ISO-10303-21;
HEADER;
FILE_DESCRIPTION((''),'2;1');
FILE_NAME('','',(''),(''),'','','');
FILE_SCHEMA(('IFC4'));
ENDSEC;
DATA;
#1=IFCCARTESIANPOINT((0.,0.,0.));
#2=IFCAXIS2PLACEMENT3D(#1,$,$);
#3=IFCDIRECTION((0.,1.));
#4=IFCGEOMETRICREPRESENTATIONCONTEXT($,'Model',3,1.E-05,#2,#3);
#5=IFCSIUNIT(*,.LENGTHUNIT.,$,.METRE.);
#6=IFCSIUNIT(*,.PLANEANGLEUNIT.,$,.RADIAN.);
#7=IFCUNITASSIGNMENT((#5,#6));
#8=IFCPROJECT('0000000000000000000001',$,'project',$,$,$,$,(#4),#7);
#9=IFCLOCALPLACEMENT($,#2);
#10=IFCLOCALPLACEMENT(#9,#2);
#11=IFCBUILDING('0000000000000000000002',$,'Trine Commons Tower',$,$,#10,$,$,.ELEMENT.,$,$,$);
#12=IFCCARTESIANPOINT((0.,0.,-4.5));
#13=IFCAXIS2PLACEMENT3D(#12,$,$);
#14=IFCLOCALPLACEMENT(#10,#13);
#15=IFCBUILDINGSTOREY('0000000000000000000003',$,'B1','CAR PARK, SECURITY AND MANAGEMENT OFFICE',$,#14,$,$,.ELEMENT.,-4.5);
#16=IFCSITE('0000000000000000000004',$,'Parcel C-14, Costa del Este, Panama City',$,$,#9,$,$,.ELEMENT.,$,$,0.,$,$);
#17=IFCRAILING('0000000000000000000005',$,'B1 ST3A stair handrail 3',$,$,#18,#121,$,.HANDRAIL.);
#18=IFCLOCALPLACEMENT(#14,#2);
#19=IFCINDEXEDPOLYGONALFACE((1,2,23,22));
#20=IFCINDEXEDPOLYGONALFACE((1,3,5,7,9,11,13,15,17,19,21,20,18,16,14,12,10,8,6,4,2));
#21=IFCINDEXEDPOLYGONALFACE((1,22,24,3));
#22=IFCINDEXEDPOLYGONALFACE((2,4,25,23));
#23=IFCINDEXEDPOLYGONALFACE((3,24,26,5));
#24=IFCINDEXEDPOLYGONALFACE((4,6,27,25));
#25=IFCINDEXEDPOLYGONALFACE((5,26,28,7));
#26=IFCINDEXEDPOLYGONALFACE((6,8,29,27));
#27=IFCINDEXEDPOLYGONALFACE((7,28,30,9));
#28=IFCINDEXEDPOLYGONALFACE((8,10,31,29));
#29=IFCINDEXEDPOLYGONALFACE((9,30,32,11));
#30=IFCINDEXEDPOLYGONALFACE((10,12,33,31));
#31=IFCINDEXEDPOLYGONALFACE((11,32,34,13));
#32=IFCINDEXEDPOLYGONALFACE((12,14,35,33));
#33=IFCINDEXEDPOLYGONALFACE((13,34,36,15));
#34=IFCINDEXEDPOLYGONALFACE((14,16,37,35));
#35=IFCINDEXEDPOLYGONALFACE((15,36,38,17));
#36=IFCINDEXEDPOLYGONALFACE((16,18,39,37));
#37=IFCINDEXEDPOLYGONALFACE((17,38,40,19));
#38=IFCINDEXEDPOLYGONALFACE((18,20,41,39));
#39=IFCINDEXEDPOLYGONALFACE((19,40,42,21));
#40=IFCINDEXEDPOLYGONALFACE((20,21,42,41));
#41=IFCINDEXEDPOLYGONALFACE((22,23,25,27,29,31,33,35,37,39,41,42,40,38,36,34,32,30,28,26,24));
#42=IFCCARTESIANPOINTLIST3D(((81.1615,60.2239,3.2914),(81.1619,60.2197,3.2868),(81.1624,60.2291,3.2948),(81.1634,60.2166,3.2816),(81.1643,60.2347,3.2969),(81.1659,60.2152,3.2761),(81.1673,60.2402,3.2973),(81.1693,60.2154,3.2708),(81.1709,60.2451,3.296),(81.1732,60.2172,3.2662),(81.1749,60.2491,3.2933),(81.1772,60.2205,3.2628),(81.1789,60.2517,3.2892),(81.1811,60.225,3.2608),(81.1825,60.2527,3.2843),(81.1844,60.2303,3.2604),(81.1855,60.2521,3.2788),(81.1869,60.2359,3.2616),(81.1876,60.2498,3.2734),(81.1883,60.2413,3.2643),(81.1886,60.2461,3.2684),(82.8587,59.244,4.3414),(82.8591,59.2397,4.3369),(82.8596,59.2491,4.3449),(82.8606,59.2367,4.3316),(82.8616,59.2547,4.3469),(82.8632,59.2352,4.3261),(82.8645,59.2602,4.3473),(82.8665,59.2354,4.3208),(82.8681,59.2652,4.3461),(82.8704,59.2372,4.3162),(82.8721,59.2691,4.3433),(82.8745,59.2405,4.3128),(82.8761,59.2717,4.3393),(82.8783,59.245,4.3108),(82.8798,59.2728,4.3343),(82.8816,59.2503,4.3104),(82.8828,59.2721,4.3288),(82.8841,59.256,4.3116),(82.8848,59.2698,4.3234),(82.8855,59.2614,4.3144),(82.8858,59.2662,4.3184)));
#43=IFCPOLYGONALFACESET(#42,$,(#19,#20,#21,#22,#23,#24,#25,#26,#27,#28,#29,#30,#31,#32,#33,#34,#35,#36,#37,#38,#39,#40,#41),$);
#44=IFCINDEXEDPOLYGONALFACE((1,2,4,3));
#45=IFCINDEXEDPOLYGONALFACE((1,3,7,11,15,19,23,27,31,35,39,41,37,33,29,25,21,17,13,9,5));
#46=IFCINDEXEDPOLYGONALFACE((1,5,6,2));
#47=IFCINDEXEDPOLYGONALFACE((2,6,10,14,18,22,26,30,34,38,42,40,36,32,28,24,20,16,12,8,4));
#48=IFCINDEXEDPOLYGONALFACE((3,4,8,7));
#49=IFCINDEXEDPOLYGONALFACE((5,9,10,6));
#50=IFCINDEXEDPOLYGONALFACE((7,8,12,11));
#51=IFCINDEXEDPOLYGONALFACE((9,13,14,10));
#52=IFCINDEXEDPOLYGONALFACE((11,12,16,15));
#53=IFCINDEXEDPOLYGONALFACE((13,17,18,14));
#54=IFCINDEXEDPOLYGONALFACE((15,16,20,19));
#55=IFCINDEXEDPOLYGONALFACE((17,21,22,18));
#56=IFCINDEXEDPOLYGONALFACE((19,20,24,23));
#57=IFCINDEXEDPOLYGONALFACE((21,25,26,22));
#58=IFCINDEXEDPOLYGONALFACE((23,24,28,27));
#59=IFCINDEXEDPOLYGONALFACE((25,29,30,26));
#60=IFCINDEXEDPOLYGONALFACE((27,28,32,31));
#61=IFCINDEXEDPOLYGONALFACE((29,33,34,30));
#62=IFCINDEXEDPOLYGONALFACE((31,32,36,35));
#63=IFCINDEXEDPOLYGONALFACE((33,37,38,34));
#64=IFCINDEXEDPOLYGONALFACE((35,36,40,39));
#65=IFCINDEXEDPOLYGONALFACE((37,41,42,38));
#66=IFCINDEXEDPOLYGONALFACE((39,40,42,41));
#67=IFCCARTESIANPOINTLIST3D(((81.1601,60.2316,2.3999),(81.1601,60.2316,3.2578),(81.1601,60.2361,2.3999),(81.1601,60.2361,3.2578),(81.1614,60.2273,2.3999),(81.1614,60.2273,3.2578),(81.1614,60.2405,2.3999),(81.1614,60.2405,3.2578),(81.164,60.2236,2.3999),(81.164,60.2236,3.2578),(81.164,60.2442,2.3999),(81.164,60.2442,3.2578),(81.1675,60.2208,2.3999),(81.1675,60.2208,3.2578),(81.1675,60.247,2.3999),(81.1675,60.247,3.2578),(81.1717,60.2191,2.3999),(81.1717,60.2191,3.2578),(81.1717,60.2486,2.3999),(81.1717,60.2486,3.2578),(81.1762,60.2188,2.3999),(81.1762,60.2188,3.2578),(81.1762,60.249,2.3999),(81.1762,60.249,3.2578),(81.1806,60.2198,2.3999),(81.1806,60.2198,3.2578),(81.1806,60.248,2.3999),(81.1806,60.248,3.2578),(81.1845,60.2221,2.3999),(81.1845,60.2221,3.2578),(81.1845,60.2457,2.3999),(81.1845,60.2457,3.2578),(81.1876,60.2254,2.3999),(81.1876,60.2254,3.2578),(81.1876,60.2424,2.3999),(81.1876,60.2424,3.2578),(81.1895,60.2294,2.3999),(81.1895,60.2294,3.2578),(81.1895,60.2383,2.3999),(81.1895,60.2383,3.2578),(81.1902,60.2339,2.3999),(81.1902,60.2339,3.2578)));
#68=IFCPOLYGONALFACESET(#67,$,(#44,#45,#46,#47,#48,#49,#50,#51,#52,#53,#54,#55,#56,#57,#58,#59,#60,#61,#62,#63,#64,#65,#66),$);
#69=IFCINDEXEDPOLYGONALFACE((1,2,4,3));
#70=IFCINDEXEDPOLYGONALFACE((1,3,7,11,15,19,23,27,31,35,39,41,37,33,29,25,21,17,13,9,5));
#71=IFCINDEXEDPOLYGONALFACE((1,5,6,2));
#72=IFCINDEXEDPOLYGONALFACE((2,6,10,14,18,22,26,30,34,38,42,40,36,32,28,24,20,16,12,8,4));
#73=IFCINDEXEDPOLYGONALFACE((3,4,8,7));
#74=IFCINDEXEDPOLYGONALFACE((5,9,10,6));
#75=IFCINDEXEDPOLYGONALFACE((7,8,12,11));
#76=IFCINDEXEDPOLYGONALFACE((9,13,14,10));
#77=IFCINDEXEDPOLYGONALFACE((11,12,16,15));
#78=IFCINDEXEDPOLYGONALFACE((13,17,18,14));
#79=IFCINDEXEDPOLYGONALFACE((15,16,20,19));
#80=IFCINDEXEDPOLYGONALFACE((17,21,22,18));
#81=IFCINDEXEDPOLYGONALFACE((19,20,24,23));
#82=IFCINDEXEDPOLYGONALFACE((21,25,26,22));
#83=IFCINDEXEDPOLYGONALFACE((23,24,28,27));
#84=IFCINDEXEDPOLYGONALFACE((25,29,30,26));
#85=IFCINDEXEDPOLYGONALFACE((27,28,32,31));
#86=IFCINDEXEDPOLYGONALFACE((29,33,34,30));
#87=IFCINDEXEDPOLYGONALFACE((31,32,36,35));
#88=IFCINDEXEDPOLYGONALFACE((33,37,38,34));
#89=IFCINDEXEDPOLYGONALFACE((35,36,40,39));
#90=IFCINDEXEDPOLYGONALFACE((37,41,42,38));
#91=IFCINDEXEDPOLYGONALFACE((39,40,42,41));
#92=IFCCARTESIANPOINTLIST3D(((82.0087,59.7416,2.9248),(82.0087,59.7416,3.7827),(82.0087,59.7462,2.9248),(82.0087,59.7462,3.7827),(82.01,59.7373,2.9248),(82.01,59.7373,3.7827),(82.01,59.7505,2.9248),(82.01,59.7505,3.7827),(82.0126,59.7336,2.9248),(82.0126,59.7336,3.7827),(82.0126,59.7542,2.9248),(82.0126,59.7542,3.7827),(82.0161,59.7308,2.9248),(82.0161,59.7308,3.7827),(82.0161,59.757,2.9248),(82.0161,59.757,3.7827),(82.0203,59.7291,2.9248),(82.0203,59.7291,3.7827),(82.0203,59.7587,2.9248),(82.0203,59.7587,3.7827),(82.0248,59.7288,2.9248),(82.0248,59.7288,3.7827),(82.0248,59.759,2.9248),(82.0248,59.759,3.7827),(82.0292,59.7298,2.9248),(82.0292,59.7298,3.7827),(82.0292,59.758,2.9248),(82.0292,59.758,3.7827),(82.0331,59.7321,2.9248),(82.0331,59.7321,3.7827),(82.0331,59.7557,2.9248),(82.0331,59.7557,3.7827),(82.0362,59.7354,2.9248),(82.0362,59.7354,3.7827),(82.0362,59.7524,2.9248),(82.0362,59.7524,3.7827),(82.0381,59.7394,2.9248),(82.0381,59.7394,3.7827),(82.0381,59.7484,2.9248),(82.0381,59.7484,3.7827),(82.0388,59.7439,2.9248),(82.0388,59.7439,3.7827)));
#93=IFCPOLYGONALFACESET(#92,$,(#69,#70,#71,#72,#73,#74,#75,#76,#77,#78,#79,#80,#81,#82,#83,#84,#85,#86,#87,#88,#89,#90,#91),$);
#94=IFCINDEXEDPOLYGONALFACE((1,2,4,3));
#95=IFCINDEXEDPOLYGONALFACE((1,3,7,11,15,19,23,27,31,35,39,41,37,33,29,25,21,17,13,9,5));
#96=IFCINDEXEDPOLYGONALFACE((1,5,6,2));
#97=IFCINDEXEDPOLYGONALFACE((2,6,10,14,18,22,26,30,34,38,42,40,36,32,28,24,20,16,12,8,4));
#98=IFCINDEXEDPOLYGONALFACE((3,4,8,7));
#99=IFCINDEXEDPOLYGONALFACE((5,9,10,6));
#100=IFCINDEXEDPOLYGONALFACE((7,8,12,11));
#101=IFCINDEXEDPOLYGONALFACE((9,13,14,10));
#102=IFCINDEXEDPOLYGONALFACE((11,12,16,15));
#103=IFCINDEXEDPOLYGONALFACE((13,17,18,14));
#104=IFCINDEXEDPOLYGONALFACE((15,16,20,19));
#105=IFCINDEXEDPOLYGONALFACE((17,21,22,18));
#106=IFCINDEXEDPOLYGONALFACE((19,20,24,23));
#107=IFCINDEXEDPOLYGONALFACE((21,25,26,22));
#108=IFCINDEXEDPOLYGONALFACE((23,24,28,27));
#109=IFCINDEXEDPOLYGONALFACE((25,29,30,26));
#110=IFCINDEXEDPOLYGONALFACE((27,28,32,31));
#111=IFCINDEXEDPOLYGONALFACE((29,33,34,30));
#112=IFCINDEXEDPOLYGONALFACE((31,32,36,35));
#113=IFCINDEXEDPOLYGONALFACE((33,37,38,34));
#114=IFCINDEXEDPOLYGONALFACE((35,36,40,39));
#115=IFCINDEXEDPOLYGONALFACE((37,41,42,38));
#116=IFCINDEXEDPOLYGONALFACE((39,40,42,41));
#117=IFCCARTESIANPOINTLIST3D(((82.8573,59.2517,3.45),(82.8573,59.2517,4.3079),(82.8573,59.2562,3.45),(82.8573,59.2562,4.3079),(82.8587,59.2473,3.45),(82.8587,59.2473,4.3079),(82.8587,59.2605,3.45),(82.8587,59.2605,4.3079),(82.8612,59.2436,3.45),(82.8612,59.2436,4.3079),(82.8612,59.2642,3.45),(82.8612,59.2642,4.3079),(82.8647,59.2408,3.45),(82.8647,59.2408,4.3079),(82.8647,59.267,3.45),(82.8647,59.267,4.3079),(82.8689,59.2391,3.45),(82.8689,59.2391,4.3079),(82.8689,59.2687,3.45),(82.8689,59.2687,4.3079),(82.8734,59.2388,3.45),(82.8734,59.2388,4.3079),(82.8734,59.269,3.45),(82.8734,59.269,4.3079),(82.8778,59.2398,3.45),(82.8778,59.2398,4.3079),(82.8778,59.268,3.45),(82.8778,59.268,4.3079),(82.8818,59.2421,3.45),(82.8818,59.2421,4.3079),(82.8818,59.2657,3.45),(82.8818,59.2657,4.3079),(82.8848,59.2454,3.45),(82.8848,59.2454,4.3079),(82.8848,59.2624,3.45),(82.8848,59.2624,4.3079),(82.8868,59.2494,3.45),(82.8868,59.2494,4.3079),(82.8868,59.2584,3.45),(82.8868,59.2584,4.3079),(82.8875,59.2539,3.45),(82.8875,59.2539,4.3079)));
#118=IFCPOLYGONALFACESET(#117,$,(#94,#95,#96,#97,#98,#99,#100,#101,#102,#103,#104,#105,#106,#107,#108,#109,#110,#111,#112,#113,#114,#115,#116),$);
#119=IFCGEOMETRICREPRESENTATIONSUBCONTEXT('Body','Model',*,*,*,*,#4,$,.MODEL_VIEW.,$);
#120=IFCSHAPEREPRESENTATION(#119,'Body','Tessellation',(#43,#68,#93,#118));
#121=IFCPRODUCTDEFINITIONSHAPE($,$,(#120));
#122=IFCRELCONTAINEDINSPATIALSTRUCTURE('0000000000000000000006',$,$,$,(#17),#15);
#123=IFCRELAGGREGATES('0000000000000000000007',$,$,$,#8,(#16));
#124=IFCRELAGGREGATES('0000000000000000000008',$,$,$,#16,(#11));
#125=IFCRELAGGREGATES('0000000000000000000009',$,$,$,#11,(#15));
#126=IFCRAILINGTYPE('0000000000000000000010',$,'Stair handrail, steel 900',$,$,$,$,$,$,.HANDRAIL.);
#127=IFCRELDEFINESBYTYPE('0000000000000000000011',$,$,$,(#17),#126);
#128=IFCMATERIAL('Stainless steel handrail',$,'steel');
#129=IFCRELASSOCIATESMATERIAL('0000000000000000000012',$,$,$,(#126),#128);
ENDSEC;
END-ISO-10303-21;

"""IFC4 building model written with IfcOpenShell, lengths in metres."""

from ifc_helpers import new_model, si_unit, direction, frame, origin, origin_2d, place, context, subcontext, project, spatial, circle, extrude, material, type_object, element, save


model = new_model("IFC4")

# Units and contexts
model_context = context("Model", 3, precision=1e-05, world=origin(), true_north=direction((0.0, 1.0)))
body_context = subcontext(model_context, "Body", "Model", "MODEL_VIEW")
ifc_project = project(units=[si_unit("LENGTHUNIT", "METRE"), si_unit("PLANEANGLEUNIT", "RADIAN")], contexts=[model_context])

# Site, building, storey
site_placement = place(None, origin())
site = spatial("IfcSite", under=ifc_project, at=site_placement, Name="Parcel C-14, Costa del Este, Panama City", CompositionType="ELEMENT", RefElevation=0.0)
building_placement = place(site_placement, origin())
building = spatial("IfcBuilding", under=site, at=building_placement, Name="Trine Commons Tower", CompositionType="ELEMENT")
storey_placement = place(building_placement, frame((0.0, 0.0, -4.5)))
storey = spatial("IfcBuildingStorey", under=building, at=storey_placement, Name="B1", Description="CAR PARK, SECURITY AND MANAGEMENT OFFICE", CompositionType="ELEMENT", Elevation=-4.5)

# Railing
ifc_material_1 = material(Name="Stainless steel handrail", Category="steel")
railing_type_1 = type_object("IfcRailingType", Name="Stair handrail, steel 900", PredefinedType="HANDRAIL", material=ifc_material_1)
railing_1_placement = place(storey_placement, frame((81.175, 60.2339, 2.3999)))
element("IfcRailing", 1, at=railing_1_placement, inside=storey, type_object=railing_type_1, Name="B1 ST3A stair handrail 3", PredefinedType="HANDRAIL", context=body_context, shape_type="SweptSolid", body=[
    extrude(circle(Radius=0.021, at=origin_2d()), frame((0.0, 0.0, 0.8789), z_axis=(0.763352, -0.44075, 0.472264), x_axis=(0.500024, 0.866011, 0.0)), (0.0, 0.0, 1.0), 2.2234),
    extrude(circle(Radius=0.0151, at=origin_2d()), origin(), (0.0, 0.0, 1.0), 0.8579),
    extrude(circle(Radius=0.0151, at=origin_2d()), frame((0.8486, -0.49, 0.5249)), (0.0, 0.0, 1.0), 0.8579),
    extrude(circle(Radius=0.0151, at=origin_2d()), frame((1.6973, -0.98, 1.05)), (0.0, 0.0, 1.0), 0.8579),
])

save(model, "model.ifc")
